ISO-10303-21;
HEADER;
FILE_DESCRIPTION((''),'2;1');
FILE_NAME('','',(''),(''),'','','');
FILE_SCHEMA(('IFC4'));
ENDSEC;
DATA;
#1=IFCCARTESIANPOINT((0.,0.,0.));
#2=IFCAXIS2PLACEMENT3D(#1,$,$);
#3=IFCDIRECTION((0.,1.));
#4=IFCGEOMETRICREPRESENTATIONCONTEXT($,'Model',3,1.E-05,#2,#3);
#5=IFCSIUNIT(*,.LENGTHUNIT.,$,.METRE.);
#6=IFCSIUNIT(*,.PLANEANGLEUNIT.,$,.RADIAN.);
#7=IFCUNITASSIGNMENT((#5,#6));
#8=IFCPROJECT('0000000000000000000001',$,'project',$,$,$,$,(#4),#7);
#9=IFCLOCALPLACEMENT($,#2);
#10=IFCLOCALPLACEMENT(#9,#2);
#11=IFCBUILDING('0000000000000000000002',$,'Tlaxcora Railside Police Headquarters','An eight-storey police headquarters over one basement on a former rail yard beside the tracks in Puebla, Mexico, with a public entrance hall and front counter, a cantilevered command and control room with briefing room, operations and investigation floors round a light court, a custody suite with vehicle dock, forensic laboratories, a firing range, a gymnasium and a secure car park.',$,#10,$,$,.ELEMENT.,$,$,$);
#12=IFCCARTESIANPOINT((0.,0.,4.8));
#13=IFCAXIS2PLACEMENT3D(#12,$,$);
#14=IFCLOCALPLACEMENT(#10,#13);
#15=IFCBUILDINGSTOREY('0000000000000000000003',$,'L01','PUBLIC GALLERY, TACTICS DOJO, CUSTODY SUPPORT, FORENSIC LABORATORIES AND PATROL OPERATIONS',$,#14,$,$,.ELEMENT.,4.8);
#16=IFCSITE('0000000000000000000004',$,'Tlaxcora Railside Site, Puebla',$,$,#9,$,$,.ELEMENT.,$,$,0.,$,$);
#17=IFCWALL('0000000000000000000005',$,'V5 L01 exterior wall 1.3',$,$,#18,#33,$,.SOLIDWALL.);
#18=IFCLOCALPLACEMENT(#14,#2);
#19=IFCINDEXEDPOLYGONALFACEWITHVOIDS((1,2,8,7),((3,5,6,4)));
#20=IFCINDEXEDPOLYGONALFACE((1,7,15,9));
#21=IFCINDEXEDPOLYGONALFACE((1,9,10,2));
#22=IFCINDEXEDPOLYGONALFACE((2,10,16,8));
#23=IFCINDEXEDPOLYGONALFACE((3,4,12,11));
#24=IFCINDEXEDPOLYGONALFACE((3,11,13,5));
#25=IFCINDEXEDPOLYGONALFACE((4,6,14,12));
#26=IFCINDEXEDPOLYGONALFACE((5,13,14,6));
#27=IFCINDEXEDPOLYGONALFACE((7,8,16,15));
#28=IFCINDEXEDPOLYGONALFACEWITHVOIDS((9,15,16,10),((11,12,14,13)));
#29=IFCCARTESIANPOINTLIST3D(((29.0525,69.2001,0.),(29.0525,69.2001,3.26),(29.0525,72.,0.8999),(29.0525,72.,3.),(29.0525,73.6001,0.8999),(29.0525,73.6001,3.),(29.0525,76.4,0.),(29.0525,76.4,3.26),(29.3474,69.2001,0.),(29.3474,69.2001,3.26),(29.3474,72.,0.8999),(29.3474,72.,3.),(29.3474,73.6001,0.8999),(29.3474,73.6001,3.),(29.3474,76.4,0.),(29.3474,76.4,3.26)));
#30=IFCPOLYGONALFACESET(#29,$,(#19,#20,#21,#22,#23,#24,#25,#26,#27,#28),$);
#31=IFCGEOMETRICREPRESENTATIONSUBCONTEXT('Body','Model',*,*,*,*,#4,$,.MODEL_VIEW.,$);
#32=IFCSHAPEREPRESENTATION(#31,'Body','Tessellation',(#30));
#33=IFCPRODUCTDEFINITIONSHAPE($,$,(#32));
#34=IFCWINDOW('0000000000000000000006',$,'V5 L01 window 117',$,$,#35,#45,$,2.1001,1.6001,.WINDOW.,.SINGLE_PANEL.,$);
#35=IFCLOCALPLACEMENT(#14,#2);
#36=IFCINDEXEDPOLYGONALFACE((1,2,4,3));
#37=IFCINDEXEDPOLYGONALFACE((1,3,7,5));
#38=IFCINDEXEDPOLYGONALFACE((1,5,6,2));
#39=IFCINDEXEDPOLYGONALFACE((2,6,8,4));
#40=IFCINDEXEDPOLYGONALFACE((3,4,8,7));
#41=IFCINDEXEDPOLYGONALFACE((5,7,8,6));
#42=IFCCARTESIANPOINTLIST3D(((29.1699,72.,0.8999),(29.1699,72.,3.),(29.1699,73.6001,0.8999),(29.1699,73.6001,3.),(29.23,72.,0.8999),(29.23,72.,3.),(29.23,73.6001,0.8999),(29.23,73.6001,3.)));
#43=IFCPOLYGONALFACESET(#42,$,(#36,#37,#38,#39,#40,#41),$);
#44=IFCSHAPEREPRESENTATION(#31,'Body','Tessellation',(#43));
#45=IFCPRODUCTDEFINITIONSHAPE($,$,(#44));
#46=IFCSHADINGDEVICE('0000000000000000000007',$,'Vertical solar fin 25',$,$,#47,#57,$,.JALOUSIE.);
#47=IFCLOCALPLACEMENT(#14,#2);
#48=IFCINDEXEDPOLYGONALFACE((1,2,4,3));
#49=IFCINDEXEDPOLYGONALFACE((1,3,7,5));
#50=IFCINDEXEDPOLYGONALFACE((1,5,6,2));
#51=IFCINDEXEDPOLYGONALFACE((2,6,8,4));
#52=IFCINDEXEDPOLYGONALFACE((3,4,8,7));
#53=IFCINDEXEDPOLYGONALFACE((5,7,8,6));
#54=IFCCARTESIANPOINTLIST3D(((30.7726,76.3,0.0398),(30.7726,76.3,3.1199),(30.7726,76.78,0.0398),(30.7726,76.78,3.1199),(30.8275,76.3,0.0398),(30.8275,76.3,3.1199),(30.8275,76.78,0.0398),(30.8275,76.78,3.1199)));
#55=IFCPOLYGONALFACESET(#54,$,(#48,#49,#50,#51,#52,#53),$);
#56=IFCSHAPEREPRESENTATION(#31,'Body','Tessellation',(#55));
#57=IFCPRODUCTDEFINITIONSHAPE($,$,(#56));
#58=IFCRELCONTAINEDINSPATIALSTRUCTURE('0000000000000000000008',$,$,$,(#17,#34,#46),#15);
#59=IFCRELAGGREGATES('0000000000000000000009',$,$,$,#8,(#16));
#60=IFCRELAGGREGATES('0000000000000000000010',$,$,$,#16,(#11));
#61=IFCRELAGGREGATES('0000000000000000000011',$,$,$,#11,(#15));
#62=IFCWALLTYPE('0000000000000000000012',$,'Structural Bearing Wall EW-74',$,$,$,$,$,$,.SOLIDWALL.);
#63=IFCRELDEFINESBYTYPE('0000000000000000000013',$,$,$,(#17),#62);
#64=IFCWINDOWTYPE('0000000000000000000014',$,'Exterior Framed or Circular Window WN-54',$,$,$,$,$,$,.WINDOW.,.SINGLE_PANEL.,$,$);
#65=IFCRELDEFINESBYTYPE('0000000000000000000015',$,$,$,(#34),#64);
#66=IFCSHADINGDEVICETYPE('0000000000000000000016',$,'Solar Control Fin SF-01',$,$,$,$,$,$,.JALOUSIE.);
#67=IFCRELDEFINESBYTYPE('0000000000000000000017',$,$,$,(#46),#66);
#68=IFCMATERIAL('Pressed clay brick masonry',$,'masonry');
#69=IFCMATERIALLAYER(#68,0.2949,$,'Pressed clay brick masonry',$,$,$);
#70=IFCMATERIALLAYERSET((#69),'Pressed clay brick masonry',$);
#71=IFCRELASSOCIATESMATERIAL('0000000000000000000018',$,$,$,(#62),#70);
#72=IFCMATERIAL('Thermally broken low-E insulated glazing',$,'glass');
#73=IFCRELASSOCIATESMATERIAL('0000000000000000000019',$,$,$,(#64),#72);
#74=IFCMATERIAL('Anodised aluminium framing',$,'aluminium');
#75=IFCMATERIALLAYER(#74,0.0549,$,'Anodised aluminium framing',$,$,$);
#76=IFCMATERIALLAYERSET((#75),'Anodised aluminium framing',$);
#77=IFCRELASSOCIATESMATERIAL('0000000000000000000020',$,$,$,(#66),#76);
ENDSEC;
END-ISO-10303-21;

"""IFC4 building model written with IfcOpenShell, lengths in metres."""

from ifc_helpers import new_model, si_unit, direction, frame, frame_2d, origin, origin_2d, place, context, subcontext, project, spatial, rectangle, extrude, material, layer, layer_set, type_object, element, fill, save


model = new_model("IFC4")

# Units and contexts
model_context = context("Model", 3, precision=1e-05, world=origin(), true_north=direction((0.0, 1.0)))
body_context = subcontext(model_context, "Body", "Model", "MODEL_VIEW")
ifc_project = project(units=[si_unit("LENGTHUNIT", "METRE"), si_unit("PLANEANGLEUNIT", "RADIAN")], contexts=[model_context])

# Site, building, storey
site_placement = place(None, origin())
site = spatial("IfcSite", under=ifc_project, at=site_placement, Name="Tlaxcora Railside Site, Puebla", CompositionType="ELEMENT", RefElevation=0.0)
building_placement = place(site_placement, origin())
building = spatial("IfcBuilding", under=site, at=building_placement, Name="Tlaxcora Railside Police Headquarters", Description="An eight-storey police headquarters over one basement on a former rail yard beside the tracks in Puebla, Mexico, with a public entrance hall and front counter, a cantilevered command and control room with briefing room, operations and investigation floors round a light court, a custody suite with vehicle dock, forensic laboratories, a firing range, a gymnasium and a secure car park.", CompositionType="ELEMENT")
storey_placement = place(building_placement, frame((0.0, 0.0, 4.8)))
storey = spatial("IfcBuildingStorey", under=building, at=storey_placement, Name="L01", Description="PUBLIC GALLERY, TACTICS DOJO, CUSTODY SUPPORT, FORENSIC LABORATORIES AND PATROL OPERATIONS", CompositionType="ELEMENT", Elevation=4.8)

# Wall, opening, window
ifc_material_1 = material(Name="Pressed clay brick masonry", Category="masonry")
ifc_layer_1 = layer(ifc_material_1, 0.2949, Name="Pressed clay brick masonry")
ifc_layer_set_1 = layer_set([ifc_layer_1], Name="Pressed clay brick masonry")
wall_type = type_object("IfcWallType", Name="Structural Bearing Wall EW-74", PredefinedType="SOLIDWALL", material=ifc_layer_set_1)
ifc_material_2 = material(Name="Thermally broken low-E insulated glazing", Category="glass")
window_type = type_object("IfcWindowType", Name="Exterior Framed or Circular Window WN-54", PartitioningType="SINGLE_PANEL", PredefinedType="WINDOW", material=ifc_material_2)
wall_1_placement = place(storey_placement, frame((29.2, 69.2, 0.0), z_axis=(0.0, 0.0, 1.0), x_axis=(0.0, 1.0, 0.0)))
wall_1 = element("IfcWall", 1, at=wall_1_placement, inside=storey, type_object=wall_type, Name="V5 L01 exterior wall 1.3", PredefinedType="SOLIDWALL", context=body_context, shape_type="SweptSolid", body=[
    extrude(rectangle(XDim=7.2, YDim=0.2949, at=frame_2d((3.6001, 0.0))), origin(), (0.0, 0.0, 1.0), 3.26),
])
opening_1_placement = place(wall_1_placement, frame((2.8, 0.0, 0.8999)))
opening_1 = element("IfcOpeningElement", 2, at=opening_1_placement, cuts=wall_1, PredefinedType="OPENING", context=body_context, shape_type="SweptSolid", body=[
    extrude(rectangle(XDim=1.6001, YDim=2.1001, at=frame_2d((0.8, 1.05))), frame((0.0, 0.1575, 0.0), z_axis=(0.0, -1.0, 0.0), x_axis=(1.0, 0.0, 0.0)), (0.0, 0.0, 1.0), 0.3149),
])
window_1_placement = place(opening_1_placement, origin())
window_1 = element("IfcWindow", 3, at=window_1_placement, inside=storey, type_object=window_type, Name="V5 L01 window 117", OverallHeight=2.1001, OverallWidth=1.6001, PartitioningType="SINGLE_PANEL", PredefinedType="WINDOW", context=body_context, shape_type="SweptSolid", body=[
    extrude(rectangle(XDim=1.6001, YDim=2.1001, at=frame_2d((0.8, 1.05))), frame((0.0, 0.03, 0.0), z_axis=(0.0, -1.0, 0.0), x_axis=(1.0, 0.0, 0.0)), (0.0, 0.0, 1.0), 0.0601),
])
fill(opening_1, window_1)

# Shading device
ifc_material_3 = material(Name="Anodised aluminium framing", Category="aluminium")
ifc_layer_2 = layer(ifc_material_3, 0.0549, Name="Anodised aluminium framing")
ifc_layer_set_2 = layer_set([ifc_layer_2], Name="Anodised aluminium framing")
shading_device_type = type_object("IfcShadingDeviceType", Name="Solar Control Fin SF-01", PredefinedType="JALOUSIE", material=ifc_layer_set_2)
shading_device_placement = place(storey_placement, frame((30.8, 76.54, 0.0398), z_axis=(0.0, 0.0, 1.0), x_axis=(0.0, -1.0, 0.0)))
element("IfcShadingDevice", 4, at=shading_device_placement, inside=storey, type_object=shading_device_type, Name="Vertical solar fin 25", PredefinedType="JALOUSIE", context=body_context, shape_type="SweptSolid", body=[
    extrude(rectangle(XDim=0.48, YDim=0.0549, at=origin_2d()), origin(), (0.0, 0.0, 1.0), 3.0801),
])

save(model, "model.ifc")
